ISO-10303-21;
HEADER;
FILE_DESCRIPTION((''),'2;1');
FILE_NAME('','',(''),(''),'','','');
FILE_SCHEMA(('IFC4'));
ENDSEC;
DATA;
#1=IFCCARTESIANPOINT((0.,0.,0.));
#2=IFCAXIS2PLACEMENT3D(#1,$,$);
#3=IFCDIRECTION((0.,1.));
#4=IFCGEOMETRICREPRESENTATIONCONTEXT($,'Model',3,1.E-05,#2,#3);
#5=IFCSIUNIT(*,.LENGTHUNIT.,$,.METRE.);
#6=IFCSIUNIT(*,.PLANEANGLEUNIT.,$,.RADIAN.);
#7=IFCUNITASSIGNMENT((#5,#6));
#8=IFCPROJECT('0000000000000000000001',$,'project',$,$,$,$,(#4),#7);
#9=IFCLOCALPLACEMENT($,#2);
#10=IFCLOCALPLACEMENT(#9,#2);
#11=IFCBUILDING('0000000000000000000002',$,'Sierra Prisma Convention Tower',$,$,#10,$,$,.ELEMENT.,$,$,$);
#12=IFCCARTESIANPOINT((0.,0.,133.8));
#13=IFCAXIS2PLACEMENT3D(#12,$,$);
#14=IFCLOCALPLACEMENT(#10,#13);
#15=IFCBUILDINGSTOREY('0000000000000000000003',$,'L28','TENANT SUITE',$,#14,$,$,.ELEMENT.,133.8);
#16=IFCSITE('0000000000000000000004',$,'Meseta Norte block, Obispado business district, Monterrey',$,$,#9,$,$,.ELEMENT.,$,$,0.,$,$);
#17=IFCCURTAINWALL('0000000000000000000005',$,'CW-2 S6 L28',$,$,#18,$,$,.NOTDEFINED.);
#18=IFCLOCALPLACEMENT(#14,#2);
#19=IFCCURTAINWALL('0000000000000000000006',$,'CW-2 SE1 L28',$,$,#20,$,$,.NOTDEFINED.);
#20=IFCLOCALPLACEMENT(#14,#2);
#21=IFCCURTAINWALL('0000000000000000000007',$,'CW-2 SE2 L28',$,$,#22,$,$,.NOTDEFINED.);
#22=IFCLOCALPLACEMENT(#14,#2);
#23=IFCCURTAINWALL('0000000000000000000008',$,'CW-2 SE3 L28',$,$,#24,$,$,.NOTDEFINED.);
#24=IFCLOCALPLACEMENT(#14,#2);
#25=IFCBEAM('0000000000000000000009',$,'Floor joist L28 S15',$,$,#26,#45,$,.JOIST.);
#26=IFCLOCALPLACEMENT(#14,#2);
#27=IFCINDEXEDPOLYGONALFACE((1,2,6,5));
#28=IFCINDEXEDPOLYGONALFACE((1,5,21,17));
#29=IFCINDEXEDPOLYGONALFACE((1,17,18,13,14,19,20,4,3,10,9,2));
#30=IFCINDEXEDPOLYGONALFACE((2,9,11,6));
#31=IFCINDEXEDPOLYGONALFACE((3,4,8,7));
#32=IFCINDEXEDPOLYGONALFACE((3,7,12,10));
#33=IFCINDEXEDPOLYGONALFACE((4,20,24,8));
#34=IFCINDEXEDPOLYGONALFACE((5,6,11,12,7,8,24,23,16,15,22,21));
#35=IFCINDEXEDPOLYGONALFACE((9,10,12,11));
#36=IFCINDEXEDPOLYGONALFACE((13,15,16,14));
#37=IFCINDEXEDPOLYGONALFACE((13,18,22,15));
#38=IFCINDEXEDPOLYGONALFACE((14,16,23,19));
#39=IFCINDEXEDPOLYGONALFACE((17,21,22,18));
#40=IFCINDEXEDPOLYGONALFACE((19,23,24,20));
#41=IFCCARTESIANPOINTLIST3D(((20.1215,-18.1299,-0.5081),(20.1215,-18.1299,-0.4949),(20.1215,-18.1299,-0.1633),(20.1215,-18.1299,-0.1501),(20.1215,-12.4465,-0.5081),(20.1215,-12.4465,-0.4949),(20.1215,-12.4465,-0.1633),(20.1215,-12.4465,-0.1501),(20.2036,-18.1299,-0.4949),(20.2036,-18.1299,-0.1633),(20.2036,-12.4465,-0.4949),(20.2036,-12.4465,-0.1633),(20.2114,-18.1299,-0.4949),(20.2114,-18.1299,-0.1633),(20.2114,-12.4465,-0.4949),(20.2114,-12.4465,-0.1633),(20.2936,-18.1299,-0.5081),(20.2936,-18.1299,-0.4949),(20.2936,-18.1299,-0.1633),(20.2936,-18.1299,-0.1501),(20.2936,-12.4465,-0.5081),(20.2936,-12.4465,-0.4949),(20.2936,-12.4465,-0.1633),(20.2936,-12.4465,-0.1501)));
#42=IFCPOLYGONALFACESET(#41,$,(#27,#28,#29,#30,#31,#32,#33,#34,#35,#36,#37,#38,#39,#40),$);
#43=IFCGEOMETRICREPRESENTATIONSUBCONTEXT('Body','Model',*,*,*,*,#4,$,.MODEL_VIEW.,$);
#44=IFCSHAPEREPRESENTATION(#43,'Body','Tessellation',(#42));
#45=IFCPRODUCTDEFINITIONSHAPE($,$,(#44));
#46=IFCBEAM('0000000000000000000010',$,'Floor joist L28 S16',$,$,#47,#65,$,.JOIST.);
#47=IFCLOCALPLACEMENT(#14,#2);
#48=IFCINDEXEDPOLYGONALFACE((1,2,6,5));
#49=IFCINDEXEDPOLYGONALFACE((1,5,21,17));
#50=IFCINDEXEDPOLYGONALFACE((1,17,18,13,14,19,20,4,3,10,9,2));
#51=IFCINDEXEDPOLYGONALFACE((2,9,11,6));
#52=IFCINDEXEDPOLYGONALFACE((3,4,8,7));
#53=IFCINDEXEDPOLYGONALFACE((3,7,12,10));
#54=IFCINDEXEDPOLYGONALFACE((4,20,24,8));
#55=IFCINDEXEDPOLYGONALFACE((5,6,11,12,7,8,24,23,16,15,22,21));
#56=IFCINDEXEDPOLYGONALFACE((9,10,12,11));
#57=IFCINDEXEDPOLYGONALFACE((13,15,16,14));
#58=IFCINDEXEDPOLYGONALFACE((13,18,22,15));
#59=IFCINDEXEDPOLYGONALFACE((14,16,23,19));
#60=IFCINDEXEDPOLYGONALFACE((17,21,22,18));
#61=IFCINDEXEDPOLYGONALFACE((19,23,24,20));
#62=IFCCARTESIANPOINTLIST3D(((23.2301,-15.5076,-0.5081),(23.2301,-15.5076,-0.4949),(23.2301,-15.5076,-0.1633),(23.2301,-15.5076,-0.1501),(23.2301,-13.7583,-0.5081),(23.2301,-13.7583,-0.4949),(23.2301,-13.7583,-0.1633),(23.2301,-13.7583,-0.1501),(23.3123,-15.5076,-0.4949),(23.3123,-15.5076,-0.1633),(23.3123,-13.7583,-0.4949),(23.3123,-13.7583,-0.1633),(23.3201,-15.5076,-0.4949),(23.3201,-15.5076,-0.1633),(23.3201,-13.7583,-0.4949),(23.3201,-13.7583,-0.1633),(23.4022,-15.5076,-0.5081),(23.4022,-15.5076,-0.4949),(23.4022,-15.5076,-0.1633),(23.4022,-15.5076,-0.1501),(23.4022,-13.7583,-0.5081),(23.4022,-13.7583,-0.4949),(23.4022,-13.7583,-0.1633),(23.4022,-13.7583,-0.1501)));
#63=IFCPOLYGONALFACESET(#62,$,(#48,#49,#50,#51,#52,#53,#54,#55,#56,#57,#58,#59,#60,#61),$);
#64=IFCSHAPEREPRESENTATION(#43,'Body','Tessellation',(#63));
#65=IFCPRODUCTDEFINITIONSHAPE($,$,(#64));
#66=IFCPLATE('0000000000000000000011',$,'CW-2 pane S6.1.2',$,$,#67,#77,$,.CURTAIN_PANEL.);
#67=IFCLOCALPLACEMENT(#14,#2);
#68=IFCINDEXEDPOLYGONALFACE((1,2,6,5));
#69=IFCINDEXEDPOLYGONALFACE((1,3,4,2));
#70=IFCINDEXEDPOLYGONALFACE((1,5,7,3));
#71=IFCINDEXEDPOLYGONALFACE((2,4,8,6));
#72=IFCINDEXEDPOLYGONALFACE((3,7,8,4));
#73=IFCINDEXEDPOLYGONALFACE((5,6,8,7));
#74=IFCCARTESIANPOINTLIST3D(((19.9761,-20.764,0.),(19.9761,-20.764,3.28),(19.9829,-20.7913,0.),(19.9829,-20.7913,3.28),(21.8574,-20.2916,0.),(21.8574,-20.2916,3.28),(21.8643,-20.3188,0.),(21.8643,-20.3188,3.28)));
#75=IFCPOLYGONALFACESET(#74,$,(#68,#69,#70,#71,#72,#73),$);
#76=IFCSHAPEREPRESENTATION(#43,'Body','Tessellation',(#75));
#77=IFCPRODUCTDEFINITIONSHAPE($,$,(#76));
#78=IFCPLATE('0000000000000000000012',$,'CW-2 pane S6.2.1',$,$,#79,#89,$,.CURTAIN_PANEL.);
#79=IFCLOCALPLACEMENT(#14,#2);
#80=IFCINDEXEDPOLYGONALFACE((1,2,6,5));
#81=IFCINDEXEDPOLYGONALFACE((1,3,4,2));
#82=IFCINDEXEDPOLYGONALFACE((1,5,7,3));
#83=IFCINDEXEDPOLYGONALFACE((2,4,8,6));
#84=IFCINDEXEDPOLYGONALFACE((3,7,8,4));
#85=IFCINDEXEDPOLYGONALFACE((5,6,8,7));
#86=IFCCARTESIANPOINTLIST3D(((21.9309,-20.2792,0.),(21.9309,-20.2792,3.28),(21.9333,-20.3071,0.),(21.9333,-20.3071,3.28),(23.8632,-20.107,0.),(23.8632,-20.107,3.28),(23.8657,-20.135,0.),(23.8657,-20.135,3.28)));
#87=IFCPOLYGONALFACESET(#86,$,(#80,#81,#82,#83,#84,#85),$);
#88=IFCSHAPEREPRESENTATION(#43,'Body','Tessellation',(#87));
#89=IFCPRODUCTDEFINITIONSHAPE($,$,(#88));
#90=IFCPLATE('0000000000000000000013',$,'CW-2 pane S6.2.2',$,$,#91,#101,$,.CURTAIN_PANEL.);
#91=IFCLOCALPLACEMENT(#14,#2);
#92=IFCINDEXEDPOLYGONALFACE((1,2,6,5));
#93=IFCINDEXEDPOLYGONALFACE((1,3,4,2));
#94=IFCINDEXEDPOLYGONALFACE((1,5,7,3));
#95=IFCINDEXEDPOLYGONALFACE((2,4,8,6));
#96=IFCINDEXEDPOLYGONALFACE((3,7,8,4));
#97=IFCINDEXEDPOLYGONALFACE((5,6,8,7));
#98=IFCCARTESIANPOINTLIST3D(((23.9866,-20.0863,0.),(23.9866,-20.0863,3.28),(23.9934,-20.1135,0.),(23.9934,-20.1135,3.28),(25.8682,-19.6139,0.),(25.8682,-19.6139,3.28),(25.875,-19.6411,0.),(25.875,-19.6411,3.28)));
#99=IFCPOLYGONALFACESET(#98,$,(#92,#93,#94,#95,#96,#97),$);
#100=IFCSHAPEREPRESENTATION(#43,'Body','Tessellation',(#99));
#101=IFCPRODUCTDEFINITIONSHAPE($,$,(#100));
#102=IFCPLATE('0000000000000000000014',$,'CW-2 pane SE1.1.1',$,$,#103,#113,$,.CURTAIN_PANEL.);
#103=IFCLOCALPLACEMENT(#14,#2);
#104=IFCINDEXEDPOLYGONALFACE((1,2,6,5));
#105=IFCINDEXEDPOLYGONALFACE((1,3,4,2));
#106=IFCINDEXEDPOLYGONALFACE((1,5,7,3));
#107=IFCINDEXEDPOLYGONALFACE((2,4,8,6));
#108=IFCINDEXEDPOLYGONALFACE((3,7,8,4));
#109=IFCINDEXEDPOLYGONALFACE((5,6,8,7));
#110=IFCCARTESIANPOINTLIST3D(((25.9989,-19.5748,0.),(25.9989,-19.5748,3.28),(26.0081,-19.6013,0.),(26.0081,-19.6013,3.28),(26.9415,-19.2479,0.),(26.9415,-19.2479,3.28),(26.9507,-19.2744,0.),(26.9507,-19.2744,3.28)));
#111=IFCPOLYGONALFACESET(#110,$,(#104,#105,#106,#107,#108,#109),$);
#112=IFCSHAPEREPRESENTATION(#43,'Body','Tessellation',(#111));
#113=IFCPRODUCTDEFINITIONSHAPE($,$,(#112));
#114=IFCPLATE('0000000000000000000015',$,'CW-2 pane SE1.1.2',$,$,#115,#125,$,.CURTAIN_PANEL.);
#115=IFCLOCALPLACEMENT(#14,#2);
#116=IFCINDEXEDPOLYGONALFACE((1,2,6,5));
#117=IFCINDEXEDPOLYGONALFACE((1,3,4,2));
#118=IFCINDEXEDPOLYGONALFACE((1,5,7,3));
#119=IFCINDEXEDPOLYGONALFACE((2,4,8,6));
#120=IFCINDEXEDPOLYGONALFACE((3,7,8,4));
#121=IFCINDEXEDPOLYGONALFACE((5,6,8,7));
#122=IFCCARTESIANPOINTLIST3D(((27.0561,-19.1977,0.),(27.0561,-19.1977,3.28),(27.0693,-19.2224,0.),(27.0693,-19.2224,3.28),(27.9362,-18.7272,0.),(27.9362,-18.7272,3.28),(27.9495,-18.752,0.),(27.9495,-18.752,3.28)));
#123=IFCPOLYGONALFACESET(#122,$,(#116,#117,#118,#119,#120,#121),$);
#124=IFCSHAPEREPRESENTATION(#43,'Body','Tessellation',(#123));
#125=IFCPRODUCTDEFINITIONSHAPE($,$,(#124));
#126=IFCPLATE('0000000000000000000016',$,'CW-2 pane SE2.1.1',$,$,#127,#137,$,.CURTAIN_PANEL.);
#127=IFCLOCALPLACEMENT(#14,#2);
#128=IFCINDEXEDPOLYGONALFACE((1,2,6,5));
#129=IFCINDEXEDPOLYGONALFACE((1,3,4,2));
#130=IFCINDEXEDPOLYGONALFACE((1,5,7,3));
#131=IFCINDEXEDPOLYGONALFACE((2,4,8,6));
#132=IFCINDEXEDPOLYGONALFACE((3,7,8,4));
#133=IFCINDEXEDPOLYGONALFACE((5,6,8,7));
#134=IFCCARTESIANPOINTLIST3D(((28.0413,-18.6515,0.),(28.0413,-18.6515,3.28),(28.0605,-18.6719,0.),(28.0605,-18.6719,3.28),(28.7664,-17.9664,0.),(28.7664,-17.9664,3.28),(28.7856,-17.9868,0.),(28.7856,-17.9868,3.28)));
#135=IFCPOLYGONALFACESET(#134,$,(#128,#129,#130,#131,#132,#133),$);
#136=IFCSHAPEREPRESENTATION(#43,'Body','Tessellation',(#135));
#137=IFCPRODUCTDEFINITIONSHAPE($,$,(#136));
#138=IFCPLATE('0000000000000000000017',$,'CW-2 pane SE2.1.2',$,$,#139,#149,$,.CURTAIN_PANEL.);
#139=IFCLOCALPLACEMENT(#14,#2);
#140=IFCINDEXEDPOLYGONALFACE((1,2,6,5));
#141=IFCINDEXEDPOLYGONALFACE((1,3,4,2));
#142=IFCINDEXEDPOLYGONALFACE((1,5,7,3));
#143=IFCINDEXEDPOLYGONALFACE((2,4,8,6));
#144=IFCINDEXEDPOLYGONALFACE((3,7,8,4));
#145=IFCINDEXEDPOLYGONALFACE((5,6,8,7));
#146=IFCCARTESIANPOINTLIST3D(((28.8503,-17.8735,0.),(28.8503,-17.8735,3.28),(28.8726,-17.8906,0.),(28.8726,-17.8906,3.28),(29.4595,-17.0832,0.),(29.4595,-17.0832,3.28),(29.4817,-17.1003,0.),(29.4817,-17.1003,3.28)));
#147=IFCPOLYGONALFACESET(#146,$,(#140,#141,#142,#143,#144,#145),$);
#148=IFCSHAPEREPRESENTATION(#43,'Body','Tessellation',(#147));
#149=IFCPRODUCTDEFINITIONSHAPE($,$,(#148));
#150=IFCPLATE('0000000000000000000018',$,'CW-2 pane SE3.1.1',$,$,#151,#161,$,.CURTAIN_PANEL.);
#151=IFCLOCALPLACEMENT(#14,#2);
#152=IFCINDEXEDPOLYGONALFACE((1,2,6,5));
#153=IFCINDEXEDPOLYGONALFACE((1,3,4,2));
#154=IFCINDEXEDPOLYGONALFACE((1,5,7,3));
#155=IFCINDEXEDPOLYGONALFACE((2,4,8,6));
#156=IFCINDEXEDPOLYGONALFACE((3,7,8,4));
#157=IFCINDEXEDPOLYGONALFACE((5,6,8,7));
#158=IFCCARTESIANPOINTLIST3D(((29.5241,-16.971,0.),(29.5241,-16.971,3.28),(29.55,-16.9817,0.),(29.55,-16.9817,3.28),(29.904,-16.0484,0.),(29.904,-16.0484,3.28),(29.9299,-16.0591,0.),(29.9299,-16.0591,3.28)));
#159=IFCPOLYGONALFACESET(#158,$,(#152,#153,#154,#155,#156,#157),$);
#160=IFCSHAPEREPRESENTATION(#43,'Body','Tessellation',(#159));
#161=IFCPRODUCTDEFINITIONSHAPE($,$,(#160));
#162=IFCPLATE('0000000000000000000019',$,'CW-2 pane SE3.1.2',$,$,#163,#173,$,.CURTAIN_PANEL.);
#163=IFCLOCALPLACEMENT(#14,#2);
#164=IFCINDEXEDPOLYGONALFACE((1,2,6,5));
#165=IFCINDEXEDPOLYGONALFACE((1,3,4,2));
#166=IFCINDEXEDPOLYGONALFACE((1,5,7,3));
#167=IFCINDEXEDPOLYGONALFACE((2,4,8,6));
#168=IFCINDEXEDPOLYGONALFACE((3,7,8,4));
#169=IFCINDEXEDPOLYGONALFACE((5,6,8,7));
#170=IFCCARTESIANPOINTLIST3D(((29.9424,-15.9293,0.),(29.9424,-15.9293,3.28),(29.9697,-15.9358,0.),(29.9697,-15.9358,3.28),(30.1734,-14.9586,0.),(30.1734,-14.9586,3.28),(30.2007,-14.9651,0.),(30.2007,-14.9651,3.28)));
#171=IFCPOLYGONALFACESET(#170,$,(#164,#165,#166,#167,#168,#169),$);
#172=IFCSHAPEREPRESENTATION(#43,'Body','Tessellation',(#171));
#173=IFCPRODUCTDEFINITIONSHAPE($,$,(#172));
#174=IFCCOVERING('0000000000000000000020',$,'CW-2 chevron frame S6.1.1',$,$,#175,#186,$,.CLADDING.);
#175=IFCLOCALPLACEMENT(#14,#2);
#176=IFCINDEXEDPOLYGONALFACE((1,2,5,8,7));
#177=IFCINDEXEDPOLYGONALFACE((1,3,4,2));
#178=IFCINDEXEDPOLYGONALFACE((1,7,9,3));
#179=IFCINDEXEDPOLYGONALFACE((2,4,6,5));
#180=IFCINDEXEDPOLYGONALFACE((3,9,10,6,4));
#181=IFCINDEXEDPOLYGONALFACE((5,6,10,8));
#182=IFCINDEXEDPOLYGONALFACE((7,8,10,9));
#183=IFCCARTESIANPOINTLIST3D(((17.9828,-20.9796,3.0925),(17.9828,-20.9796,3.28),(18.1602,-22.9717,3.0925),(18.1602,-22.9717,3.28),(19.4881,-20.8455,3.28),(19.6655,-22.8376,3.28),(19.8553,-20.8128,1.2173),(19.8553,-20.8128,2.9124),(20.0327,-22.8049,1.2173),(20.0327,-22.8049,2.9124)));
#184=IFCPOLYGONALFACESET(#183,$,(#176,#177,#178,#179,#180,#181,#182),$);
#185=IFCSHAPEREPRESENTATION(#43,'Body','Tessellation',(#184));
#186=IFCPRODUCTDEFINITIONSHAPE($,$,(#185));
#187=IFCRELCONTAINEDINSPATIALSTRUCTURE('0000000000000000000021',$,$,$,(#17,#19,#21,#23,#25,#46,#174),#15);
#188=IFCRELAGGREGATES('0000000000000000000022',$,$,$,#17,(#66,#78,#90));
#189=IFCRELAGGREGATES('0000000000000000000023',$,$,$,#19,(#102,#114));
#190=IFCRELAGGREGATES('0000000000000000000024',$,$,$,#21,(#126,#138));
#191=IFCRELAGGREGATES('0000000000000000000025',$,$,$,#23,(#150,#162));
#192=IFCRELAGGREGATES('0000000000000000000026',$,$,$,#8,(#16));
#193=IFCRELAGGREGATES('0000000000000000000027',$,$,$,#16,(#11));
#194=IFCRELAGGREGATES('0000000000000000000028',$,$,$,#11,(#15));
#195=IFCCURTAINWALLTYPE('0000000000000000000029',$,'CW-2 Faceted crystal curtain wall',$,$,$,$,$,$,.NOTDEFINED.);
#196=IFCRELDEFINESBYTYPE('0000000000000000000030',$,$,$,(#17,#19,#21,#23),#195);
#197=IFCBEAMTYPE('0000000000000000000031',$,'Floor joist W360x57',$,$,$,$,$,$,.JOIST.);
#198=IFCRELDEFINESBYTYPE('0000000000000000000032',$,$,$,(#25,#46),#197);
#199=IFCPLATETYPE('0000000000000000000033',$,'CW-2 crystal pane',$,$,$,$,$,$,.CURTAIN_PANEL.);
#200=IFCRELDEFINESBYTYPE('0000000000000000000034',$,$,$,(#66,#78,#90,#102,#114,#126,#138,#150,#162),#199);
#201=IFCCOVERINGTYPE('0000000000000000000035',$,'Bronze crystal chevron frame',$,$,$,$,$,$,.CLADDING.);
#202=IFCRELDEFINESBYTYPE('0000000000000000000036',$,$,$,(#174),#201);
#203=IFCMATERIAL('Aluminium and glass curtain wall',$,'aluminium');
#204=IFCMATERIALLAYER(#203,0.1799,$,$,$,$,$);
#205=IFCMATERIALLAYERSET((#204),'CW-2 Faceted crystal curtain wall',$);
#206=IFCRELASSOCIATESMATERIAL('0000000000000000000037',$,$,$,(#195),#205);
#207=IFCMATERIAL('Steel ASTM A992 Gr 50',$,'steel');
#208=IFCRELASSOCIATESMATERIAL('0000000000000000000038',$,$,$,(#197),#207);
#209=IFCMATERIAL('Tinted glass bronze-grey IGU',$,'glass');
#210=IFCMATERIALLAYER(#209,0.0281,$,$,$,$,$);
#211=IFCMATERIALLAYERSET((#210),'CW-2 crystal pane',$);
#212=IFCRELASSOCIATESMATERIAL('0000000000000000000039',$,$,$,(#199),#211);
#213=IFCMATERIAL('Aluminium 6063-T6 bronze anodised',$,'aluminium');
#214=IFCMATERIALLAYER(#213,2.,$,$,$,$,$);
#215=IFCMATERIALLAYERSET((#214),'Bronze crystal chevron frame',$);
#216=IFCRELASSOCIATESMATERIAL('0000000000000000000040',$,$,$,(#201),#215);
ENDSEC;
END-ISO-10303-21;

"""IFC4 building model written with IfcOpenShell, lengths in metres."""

from ifc_helpers import new_model, si_unit, direction, frame, origin, origin_2d, place, context, subcontext, project, spatial, polyline, i_section, outline, extrude, material, layer, layer_set, material_profile, profile_set, type_object, element, aggregate, save


model = new_model("IFC4")

# Units and contexts
model_context = context("Model", 3, precision=1e-05, world=origin(), true_north=direction((0.0, 1.0)))
body_context = subcontext(model_context, "Body", "Model", "MODEL_VIEW")
ifc_project = project(units=[si_unit("LENGTHUNIT", "METRE"), si_unit("PLANEANGLEUNIT", "RADIAN")], contexts=[model_context])

# Site, building, storey
site_placement = place(None, origin())
site = spatial("IfcSite", under=ifc_project, at=site_placement, Name="Meseta Norte block, Obispado business district, Monterrey", CompositionType="ELEMENT", RefElevation=0.0)
building_placement = place(site_placement, origin())
building = spatial("IfcBuilding", under=site, at=building_placement, Name="Sierra Prisma Convention Tower", CompositionType="ELEMENT")
storey_placement = place(building_placement, frame((0.0, 0.0, 133.8)))
storey = spatial("IfcBuildingStorey", under=building, at=storey_placement, Name="L28", Description="TENANT SUITE", CompositionType="ELEMENT", Elevation=133.8)

# Curtain wall
ifc_material_1 = material(Name="Aluminium and glass curtain wall", Category="aluminium")
ifc_layer_1 = layer(ifc_material_1, 0.1799)
ifc_layer_set_1 = layer_set([ifc_layer_1], Name="CW-2 Faceted crystal curtain wall")
curtain_wall_type = type_object("IfcCurtainWallType", Name="CW-2 Faceted crystal curtain wall", PredefinedType="NOTDEFINED", material=ifc_layer_set_1)
curtain_wall_1_placement = place(storey_placement, origin())
curtain_wall_1 = element("IfcCurtainWall", 1, at=curtain_wall_1_placement, inside=storey, type_object=curtain_wall_type, Name="CW-2 S6 L28", PredefinedType="NOTDEFINED")

# Curtain walls
curtain_wall_2_placement = place(storey_placement, origin())
curtain_wall_2 = element("IfcCurtainWall", 2, at=curtain_wall_2_placement, inside=storey, type_object=curtain_wall_type, Name="CW-2 SE1 L28", PredefinedType="NOTDEFINED")
curtain_wall_3_placement = place(storey_placement, origin())
curtain_wall_3 = element("IfcCurtainWall", 3, at=curtain_wall_3_placement, inside=storey, type_object=curtain_wall_type, Name="CW-2 SE2 L28", PredefinedType="NOTDEFINED")
curtain_wall_4_placement = place(storey_placement, origin())
curtain_wall_4 = element("IfcCurtainWall", 4, at=curtain_wall_4_placement, inside=storey, type_object=curtain_wall_type, Name="CW-2 SE3 L28", PredefinedType="NOTDEFINED")

# Beams
ifc_material_2 = material(Name="Steel ASTM A992 Gr 50", Category="steel")
ifc_material_profile_1 = material_profile(ifc_material_2, i_section(OverallWidth=0.1721, OverallDepth=0.3579, WebThickness=0.0078, FlangeThickness=0.0132, at=origin_2d()), Name="W360x57")
ifc_profile_set_1 = profile_set([ifc_material_profile_1], Name="Steel ASTM A992 Gr 50")
beam_type = type_object("IfcBeamType", Name="Floor joist W360x57", PredefinedType="JOIST", material=ifc_profile_set_1)
beam_1_placement = place(storey_placement, frame((20.2075, -18.1299, -0.3291), z_axis=(0.0, 1.0, 0.0), x_axis=(-1.0, 0.0, 0.0)))
element("IfcBeam", 5, at=beam_1_placement, inside=storey, type_object=beam_type, Name="Floor joist L28 S15", PredefinedType="JOIST", context=body_context, shape_type="SweptSolid", body=[
    extrude(i_section(OverallWidth=0.1721, OverallDepth=0.3579, WebThickness=0.0078, FlangeThickness=0.0132, at=origin_2d()), origin(), (0.0, 0.0, 1.0), 5.6833),
])
beam_2_placement = place(storey_placement, frame((23.3162, -15.5076, -0.3291), z_axis=(0.0, 1.0, 0.0), x_axis=(-1.0, 0.0, 0.0)))
element("IfcBeam", 6, at=beam_2_placement, inside=storey, type_object=beam_type, Name="Floor joist L28 S16", PredefinedType="JOIST", context=body_context, shape_type="SweptSolid", body=[
    extrude(i_section(OverallWidth=0.1721, OverallDepth=0.3579, WebThickness=0.0078, FlangeThickness=0.0132, at=origin_2d()), origin(), (0.0, 0.0, 1.0), 1.7493),
])

# Plates
ifc_material_3 = material(Name="Tinted glass bronze-grey IGU", Category="glass")
ifc_layer_2 = layer(ifc_material_3, 0.0281)
ifc_layer_set_2 = layer_set([ifc_layer_2], Name="CW-2 crystal pane")
plate_type = type_object("IfcPlateType", Name="CW-2 crystal pane", PredefinedType="CURTAIN_PANEL", material=ifc_layer_set_2)
plate_1_placement = place(storey_placement, frame((21.8643, -20.3188, 0.0), z_axis=(0.243542, -0.96989, 0.0), x_axis=(-0.96989, -0.243542, 0.0)))
plate_1 = element("IfcPlate", 7, at=plate_1_placement, type_object=plate_type, Name="CW-2 pane S6.1.2", PredefinedType="CURTAIN_PANEL", context=body_context, shape_type="SweptSolid", body=[
    extrude(outline(polyline([(0.0, 0.0), (1.9398, 0.0), (1.9398, -3.28), (0.0, -3.28), (0.0, 0.0)])), origin(), (0.0, 0.0, -1.0), 0.0281),
])
plate_2_placement = place(storey_placement, frame((21.9333, -20.3071, 0.0), z_axis=(0.08872, -0.996057, 0.0), x_axis=(0.996057, 0.08872, 0.0)))
plate_2 = element("IfcPlate", 8, at=plate_2_placement, type_object=plate_type, Name="CW-2 pane S6.2.1", PredefinedType="CURTAIN_PANEL", context=body_context, shape_type="SweptSolid", body=[
    extrude(outline(polyline([(0.0, 0.0), (1.94, 0.0), (1.94, 3.28), (0.0, 3.28), (0.0, 0.0)])), origin(), (0.0, 0.0, -1.0), 0.0281),
])
plate_3_placement = place(storey_placement, frame((25.875, -19.6411, 0.0), z_axis=(0.243513, -0.969898, 0.0), x_axis=(-0.969898, -0.243513, 0.0)))
plate_3 = element("IfcPlate", 9, at=plate_3_placement, type_object=plate_type, Name="CW-2 pane S6.2.2", PredefinedType="CURTAIN_PANEL", context=body_context, shape_type="SweptSolid", body=[
    extrude(outline(polyline([(0.0, 0.0), (1.94, 0.0), (1.94, -3.28), (0.0, -3.28), (0.0, 0.0)])), origin(), (0.0, 0.0, -1.0), 0.0281),
])
aggregate(curtain_wall_1, [plate_1, plate_2, plate_3])
plate_4_placement = place(storey_placement, frame((26.0081, -19.6013, 0.0), z_axis=(0.327657, -0.944797, 0.0), x_axis=(0.944797, 0.327657, 0.0)))
plate_4 = element("IfcPlate", 10, at=plate_4_placement, type_object=plate_type, Name="CW-2 pane SE1.1.1", PredefinedType="CURTAIN_PANEL", context=body_context, shape_type="SweptSolid", body=[
    extrude(outline(polyline([(0.0, 0.0), (0.9977, 0.0), (0.9977, 3.28), (0.0, 3.28), (0.0, 0.0)])), origin(), (0.0, 0.0, -1.0), 0.0281),
])
plate_5_placement = place(storey_placement, frame((27.9495, -18.752, 0.0), z_axis=(0.471413, -0.881912, 0.0), x_axis=(-0.881912, -0.471413, 0.0)))
plate_5 = element("IfcPlate", 11, at=plate_5_placement, type_object=plate_type, Name="CW-2 pane SE1.1.2", PredefinedType="CURTAIN_PANEL", context=body_context, shape_type="SweptSolid", body=[
    extrude(outline(polyline([(0.0, 0.0), (0.998, 0.0), (0.998, -3.28), (0.0, -3.28), (0.0, 0.0)])), origin(), (0.0, 0.0, -1.0), 0.0281),
])
aggregate(curtain_wall_2, [plate_4, plate_5])
plate_6_placement = place(storey_placement, frame((28.0605, -18.6719, 0.0), z_axis=(0.686753, -0.726891, 0.0), x_axis=(0.726891, 0.686753, 0.0)))
plate_6 = element("IfcPlate", 12, at=plate_6_placement, type_object=plate_type, Name="CW-2 pane SE2.1.1", PredefinedType="CURTAIN_PANEL", context=body_context, shape_type="SweptSolid", body=[
    extrude(outline(polyline([(0.0, 0.0), (0.9975, 0.0), (0.9975, 3.28), (0.0, 3.28), (0.0, 0.0)])), origin(), (0.0, 0.0, -1.0), 0.0281),
])
plate_7_placement = place(storey_placement, frame((29.4817, -17.1003, 0.0), z_axis=(0.792032, -0.610479, 0.0), x_axis=(-0.610479, -0.792032, 0.0)))
plate_7 = element("IfcPlate", 13, at=plate_7_placement, type_object=plate_type, Name="CW-2 pane SE2.1.2", PredefinedType="CURTAIN_PANEL", context=body_context, shape_type="SweptSolid", body=[
    extrude(outline(polyline([(0.0, 0.0), (0.9978, 0.0), (0.9978, -3.28), (0.0, -3.28), (0.0, 0.0)])), origin(), (0.0, 0.0, -1.0), 0.0281),
])
aggregate(curtain_wall_3, [plate_6, plate_7])
plate_8_placement = place(storey_placement, frame((29.55, -16.9817, 0.0), z_axis=(0.924683, -0.380737, 0.0), x_axis=(0.380737, 0.924683, 0.0)))
plate_8 = element("IfcPlate", 14, at=plate_8_placement, type_object=plate_type, Name="CW-2 pane SE3.1.1", PredefinedType="CURTAIN_PANEL", context=body_context, shape_type="SweptSolid", body=[
    extrude(outline(polyline([(0.0, 0.0), (0.9978, 0.0), (0.9978, 3.28), (0.0, 3.28), (0.0, 0.0)])), origin(), (0.0, 0.0, -1.0), 0.0281),
])
plate_9_placement = place(storey_placement, frame((30.2007, -14.9651, 0.0), z_axis=(0.972843, -0.231466, 0.0), x_axis=(-0.231466, -0.972843, 0.0)))
plate_9 = element("IfcPlate", 15, at=plate_9_placement, type_object=plate_type, Name="CW-2 pane SE3.1.2", PredefinedType="CURTAIN_PANEL", context=body_context, shape_type="SweptSolid", body=[
    extrude(outline(polyline([(0.0, 0.0), (0.9978, 0.0), (0.9978, -3.28), (0.0, -3.28), (0.0, 0.0)])), origin(), (0.0, 0.0, -1.0), 0.0281),
])
aggregate(curtain_wall_4, [plate_8, plate_9])

# Covering
ifc_material_4 = material(Name="Aluminium 6063-T6 bronze anodised", Category="aluminium")
ifc_layer_3 = layer(ifc_material_4, 2.0)
ifc_layer_set_3 = layer_set([ifc_layer_3], Name="Bronze crystal chevron frame")
covering_type = type_object("IfcCoveringType", Name="Bronze crystal chevron frame", PredefinedType="CLADDING", material=ifc_layer_set_3)
covering_1_placement = place(storey_placement, frame((18.1602, -22.9717, 3.28), z_axis=(0.088696, -0.996059, -0.000008), x_axis=(-0.000001, 0.000008, -1.0)))
element("IfcCovering", 16, at=covering_1_placement, inside=storey, type_object=covering_type, Name="CW-2 chevron frame S6.1.1", PredefinedType="CLADDING", context=body_context, shape_type="SweptSolid", body=[
    extrude(outline(polyline([(0.0, 0.0), (0.1875, 0.0), (2.0627, 1.88), (0.3677, 1.88), (0.0, 1.5113), (0.0, 0.0)])), origin(), (0.0, 0.0, -1.0), 2.0),
])

save(model, "model.ifc")
